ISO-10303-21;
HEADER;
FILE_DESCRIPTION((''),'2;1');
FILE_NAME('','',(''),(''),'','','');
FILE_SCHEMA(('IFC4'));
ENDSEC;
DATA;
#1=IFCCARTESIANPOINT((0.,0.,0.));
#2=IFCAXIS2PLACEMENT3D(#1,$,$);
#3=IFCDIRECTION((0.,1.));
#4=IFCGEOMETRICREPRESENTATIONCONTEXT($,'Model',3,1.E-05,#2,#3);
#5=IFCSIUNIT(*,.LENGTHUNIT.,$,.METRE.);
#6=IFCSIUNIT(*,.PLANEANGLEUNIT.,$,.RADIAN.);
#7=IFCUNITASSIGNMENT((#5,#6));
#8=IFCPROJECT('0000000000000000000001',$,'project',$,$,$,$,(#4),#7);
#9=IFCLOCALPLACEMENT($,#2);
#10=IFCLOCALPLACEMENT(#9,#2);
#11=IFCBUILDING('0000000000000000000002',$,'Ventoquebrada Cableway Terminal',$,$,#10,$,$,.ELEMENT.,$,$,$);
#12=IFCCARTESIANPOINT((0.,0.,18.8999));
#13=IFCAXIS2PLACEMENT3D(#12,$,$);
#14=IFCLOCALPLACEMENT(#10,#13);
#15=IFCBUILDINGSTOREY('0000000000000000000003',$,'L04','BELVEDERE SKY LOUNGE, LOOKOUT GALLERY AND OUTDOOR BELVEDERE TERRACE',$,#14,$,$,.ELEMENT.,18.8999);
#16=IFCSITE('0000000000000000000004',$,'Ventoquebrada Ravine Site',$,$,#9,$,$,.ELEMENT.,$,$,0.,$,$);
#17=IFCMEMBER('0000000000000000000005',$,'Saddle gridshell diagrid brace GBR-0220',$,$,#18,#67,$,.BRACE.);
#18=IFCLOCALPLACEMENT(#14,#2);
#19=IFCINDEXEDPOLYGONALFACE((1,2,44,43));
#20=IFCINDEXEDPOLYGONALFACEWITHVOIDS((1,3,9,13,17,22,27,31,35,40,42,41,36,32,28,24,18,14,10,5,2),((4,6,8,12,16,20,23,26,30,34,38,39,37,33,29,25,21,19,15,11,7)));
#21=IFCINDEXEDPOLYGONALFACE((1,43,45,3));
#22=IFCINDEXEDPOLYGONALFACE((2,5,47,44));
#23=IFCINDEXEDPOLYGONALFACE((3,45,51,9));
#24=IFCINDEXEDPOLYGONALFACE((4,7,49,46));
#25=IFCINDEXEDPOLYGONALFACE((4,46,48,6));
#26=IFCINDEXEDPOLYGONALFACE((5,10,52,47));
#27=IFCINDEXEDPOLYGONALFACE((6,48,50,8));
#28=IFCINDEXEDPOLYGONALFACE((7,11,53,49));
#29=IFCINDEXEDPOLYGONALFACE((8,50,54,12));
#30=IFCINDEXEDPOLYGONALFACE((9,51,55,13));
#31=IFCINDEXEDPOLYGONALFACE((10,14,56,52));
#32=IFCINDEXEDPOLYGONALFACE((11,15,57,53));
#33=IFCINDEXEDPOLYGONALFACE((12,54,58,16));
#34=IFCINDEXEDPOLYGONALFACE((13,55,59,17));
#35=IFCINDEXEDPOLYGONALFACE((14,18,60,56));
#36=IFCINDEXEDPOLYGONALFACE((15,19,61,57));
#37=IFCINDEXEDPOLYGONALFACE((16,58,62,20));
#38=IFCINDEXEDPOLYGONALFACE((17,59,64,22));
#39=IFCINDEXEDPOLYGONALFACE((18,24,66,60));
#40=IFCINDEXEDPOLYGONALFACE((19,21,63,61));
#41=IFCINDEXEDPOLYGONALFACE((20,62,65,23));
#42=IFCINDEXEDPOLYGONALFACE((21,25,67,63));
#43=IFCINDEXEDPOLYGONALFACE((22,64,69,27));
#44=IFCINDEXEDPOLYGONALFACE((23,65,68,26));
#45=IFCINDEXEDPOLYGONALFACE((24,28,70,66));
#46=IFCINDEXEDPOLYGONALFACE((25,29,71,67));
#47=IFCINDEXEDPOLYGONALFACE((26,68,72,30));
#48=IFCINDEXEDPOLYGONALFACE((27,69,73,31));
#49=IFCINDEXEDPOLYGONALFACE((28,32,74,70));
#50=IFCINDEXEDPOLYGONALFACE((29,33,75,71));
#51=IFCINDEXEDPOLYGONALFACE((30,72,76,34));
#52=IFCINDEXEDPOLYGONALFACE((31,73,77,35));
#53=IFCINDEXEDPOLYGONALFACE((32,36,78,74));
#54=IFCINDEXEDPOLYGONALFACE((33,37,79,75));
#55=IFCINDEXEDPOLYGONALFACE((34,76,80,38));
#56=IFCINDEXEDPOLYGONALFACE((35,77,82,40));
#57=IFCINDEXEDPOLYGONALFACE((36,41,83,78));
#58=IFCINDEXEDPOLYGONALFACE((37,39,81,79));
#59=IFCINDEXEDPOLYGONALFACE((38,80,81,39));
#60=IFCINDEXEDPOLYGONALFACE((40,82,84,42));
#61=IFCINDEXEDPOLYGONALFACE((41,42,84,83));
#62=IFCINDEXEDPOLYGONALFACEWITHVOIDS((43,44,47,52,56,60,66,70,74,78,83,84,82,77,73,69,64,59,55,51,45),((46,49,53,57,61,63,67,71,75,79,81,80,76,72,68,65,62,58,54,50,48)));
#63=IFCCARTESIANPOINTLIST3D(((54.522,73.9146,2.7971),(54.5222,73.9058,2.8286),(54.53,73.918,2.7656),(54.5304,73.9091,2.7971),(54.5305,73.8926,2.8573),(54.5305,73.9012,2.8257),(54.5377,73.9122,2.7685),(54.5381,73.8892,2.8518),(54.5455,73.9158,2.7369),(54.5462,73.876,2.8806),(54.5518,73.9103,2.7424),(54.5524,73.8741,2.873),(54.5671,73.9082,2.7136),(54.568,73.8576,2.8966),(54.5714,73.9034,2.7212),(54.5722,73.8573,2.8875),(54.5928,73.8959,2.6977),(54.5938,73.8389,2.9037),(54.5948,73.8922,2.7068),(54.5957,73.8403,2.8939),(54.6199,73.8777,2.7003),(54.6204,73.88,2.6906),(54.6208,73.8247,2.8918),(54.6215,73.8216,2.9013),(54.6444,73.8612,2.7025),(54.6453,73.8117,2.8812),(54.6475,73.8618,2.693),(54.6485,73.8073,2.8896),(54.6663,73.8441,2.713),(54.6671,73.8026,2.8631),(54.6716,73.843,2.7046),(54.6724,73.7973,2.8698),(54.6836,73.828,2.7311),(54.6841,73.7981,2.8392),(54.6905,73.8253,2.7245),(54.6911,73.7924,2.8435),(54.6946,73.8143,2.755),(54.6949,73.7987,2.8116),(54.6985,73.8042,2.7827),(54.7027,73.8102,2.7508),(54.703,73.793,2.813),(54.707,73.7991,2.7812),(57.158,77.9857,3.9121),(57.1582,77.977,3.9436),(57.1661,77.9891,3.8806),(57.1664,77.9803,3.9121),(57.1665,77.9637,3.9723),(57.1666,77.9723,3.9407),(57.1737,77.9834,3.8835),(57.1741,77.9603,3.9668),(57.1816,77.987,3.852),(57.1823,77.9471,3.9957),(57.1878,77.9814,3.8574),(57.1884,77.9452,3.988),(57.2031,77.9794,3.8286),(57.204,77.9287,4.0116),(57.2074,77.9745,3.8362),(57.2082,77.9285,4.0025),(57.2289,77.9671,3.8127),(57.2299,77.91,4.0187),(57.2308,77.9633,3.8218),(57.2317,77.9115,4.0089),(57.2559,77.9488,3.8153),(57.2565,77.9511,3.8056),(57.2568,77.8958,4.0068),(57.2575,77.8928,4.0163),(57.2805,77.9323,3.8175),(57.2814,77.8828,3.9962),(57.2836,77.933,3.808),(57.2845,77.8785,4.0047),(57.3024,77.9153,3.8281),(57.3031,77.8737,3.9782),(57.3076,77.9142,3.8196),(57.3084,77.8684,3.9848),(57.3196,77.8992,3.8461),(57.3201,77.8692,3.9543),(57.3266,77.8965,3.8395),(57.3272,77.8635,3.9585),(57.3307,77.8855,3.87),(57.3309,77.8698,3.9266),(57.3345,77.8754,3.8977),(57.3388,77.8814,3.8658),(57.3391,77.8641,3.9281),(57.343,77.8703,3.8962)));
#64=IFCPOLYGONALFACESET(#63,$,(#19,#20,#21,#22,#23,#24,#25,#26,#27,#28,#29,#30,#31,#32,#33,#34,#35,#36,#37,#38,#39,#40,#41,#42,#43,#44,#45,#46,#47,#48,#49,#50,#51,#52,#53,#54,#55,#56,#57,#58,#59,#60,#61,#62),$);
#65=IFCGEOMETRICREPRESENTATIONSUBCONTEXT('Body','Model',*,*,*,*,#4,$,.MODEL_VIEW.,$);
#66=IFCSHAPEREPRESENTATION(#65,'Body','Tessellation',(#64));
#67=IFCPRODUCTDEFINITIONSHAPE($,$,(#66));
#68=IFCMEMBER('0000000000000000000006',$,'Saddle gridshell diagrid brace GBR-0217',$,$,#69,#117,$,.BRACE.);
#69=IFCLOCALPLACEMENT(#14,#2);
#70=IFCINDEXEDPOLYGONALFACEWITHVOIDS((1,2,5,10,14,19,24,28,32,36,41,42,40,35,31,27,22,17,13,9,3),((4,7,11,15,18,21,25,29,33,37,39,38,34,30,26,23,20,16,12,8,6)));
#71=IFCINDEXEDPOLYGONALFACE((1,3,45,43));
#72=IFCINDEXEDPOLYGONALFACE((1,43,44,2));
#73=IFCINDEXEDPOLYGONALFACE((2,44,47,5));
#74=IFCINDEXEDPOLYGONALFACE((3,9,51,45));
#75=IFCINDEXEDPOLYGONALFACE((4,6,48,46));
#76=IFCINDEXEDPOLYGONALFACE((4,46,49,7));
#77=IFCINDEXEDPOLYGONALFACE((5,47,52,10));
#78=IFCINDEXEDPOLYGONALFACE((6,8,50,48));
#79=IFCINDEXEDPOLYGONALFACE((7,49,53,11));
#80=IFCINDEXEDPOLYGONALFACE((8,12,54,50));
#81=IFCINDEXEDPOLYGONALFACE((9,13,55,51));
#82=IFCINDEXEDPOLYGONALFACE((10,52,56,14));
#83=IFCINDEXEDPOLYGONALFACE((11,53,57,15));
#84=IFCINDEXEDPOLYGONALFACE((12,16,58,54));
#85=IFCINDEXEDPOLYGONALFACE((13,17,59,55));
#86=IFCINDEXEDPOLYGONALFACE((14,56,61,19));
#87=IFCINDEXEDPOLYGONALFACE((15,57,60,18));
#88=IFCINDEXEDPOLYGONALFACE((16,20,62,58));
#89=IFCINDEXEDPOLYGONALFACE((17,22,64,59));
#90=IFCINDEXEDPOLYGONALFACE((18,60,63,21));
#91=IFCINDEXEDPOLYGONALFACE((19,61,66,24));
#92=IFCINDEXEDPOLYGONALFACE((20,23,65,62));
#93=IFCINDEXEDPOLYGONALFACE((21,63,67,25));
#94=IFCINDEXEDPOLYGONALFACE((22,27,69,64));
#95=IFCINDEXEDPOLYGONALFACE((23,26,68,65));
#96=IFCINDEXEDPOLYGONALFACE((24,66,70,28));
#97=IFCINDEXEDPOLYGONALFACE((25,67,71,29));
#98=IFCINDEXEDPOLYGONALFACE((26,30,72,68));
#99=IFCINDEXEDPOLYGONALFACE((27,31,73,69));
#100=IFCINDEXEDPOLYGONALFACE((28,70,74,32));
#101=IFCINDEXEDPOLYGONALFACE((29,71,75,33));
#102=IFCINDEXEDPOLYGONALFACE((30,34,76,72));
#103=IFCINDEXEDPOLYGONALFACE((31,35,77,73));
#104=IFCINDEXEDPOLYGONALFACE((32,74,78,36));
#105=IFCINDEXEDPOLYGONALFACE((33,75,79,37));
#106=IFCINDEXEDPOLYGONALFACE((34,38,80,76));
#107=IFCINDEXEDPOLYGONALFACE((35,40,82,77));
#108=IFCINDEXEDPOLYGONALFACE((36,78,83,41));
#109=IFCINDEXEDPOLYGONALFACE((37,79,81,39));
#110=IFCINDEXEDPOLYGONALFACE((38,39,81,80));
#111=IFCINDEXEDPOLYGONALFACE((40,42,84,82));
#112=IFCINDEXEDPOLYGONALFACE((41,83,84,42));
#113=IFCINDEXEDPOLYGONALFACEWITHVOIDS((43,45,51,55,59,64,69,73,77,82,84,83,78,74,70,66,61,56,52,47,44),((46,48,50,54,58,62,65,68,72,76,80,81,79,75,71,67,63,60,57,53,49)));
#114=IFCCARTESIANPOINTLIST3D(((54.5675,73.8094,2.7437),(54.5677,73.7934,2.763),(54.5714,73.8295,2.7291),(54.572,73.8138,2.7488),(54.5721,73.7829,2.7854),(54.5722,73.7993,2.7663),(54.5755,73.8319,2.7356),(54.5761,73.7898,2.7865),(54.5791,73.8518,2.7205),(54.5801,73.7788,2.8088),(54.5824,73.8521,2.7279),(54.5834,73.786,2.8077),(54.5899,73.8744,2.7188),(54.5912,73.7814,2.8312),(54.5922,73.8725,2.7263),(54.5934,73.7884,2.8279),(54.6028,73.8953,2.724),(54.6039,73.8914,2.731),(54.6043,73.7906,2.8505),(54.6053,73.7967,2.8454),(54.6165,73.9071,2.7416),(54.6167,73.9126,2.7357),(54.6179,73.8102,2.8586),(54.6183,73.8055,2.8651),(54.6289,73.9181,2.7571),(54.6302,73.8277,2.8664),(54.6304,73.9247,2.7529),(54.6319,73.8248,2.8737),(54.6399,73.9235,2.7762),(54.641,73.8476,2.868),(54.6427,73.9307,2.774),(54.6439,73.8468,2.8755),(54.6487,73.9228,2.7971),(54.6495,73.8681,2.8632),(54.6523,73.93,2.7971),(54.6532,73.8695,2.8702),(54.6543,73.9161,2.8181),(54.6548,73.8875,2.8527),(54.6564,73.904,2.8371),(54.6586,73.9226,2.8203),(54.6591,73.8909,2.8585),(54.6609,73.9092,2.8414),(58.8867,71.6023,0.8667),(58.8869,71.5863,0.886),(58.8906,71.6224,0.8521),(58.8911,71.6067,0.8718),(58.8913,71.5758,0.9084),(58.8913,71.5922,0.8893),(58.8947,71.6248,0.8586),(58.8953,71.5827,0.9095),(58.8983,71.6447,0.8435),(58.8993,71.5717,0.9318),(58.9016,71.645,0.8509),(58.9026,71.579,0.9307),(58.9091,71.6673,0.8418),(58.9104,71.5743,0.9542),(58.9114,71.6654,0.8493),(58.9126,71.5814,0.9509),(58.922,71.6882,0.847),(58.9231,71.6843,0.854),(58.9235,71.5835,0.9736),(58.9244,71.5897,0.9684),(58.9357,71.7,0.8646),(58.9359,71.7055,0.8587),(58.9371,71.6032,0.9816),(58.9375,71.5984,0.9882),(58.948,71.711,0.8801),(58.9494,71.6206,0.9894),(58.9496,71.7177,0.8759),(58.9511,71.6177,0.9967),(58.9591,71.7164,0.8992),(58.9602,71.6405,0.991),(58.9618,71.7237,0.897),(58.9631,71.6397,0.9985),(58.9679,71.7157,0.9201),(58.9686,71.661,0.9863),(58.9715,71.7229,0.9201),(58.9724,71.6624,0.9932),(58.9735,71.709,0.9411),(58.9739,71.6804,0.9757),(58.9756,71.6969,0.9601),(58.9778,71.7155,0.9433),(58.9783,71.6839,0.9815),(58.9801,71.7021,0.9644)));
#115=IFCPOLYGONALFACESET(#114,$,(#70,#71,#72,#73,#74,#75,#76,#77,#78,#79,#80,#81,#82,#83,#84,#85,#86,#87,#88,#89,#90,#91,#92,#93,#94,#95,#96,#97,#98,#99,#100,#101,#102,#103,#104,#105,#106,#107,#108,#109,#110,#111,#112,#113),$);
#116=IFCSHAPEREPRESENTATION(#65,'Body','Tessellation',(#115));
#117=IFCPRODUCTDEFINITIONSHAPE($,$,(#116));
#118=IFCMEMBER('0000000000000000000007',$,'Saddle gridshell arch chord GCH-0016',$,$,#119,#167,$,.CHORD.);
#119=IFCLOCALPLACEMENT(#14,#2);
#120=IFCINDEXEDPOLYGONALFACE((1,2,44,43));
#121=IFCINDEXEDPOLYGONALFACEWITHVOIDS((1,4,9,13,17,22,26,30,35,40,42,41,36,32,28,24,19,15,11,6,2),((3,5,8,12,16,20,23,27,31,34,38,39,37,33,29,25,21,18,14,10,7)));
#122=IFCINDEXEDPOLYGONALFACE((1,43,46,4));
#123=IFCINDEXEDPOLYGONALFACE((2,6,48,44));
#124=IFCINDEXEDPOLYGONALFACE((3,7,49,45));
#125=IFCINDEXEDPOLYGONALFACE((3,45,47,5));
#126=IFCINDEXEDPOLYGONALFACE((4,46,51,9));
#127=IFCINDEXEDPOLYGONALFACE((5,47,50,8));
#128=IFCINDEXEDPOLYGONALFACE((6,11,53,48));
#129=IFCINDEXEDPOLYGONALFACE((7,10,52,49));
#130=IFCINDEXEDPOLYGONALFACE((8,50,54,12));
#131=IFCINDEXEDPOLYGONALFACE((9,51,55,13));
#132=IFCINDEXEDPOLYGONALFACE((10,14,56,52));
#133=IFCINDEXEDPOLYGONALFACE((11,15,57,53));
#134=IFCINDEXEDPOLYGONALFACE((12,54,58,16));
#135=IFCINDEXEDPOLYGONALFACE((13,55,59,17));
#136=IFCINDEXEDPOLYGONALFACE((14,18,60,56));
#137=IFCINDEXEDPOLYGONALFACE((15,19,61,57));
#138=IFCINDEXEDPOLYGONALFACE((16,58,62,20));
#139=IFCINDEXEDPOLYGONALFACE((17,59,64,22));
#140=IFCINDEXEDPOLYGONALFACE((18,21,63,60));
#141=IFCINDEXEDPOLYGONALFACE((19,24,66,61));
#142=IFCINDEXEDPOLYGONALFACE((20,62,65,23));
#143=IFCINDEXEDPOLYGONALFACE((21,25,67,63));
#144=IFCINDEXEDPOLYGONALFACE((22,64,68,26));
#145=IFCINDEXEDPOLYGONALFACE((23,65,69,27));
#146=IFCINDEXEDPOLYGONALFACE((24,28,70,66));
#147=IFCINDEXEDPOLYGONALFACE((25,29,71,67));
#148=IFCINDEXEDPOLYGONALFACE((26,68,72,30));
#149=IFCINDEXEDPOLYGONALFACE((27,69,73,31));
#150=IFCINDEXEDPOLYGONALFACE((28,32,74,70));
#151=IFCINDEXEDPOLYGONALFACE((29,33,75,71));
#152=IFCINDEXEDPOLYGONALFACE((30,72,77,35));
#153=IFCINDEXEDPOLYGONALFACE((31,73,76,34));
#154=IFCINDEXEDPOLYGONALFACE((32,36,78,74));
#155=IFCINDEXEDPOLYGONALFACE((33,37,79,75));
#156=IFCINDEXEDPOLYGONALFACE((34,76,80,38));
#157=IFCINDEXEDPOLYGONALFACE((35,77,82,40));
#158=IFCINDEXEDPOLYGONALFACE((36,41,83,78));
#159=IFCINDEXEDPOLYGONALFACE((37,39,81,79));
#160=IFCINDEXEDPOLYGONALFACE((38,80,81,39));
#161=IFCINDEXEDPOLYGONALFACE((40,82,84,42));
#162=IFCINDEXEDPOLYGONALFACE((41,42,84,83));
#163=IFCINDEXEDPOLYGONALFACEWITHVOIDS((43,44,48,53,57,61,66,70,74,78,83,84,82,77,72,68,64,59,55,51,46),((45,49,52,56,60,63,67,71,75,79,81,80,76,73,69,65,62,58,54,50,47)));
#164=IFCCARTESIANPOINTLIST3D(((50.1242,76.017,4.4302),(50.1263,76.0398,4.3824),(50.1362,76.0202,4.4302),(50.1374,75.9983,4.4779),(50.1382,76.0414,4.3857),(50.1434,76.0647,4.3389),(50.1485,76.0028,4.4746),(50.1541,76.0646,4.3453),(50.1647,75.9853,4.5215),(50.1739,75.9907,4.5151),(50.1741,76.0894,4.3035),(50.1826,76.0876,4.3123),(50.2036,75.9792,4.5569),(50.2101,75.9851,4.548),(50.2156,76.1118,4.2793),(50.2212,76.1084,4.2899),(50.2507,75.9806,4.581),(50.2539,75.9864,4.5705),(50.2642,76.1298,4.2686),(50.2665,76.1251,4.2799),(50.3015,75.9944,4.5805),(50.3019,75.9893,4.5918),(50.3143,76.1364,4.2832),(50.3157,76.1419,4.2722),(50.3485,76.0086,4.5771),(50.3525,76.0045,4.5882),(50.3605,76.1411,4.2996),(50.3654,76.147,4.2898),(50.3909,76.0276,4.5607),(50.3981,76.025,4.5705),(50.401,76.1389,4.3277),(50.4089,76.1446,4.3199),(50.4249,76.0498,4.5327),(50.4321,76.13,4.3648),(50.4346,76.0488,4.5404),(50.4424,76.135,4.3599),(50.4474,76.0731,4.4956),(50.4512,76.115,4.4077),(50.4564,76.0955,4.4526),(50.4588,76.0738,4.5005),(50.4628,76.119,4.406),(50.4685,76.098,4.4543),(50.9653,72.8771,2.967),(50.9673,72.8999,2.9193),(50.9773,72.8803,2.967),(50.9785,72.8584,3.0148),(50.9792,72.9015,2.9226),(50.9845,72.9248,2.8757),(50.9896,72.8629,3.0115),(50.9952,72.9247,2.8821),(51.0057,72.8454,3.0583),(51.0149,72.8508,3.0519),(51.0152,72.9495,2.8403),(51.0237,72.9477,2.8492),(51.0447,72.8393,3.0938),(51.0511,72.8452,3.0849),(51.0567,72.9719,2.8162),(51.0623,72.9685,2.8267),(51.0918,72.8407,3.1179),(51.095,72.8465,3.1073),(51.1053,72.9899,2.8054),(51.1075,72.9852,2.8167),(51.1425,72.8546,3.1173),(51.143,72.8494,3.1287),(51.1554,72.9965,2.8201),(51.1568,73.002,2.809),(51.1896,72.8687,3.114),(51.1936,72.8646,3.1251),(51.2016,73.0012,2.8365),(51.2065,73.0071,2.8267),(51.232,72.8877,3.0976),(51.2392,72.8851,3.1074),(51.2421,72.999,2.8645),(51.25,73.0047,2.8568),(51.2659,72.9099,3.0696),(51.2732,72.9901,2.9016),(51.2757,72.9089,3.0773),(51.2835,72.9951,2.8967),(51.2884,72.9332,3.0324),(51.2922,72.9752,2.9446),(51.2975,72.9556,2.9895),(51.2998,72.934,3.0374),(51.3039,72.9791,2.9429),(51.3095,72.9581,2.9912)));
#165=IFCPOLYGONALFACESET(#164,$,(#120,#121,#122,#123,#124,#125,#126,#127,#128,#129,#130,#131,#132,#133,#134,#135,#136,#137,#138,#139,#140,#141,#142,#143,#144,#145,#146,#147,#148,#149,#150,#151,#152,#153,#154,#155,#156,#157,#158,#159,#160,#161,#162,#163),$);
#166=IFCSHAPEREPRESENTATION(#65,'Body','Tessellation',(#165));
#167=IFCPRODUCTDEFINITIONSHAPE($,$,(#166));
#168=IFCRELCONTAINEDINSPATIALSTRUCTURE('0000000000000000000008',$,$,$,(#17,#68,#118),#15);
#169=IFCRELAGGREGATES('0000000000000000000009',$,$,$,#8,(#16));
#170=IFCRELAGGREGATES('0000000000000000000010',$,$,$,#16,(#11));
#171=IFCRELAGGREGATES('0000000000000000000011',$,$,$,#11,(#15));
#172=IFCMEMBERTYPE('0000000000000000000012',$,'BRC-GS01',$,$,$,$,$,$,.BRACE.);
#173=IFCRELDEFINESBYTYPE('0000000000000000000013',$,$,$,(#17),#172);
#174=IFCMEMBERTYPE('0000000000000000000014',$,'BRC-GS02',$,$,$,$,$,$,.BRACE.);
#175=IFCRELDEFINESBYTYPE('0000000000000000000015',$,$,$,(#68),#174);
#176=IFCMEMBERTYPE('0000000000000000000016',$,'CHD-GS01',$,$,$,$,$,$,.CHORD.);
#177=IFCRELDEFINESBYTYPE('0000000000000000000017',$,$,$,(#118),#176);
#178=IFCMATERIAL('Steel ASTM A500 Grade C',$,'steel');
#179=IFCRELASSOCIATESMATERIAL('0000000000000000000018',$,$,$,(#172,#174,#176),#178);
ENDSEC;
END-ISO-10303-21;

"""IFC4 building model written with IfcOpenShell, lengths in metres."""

from ifc_helpers import new_model, si_unit, direction, frame, origin, origin_2d, place, context, subcontext, project, spatial, hollow_circle, extrude, material, material_profile, profile_set, type_object, element, save


model = new_model("IFC4")

# Units and contexts
model_context = context("Model", 3, precision=1e-05, world=origin(), true_north=direction((0.0, 1.0)))
body_context = subcontext(model_context, "Body", "Model", "MODEL_VIEW")
ifc_project = project(units=[si_unit("LENGTHUNIT", "METRE"), si_unit("PLANEANGLEUNIT", "RADIAN")], contexts=[model_context])

# Site, building, storey
site_placement = place(None, origin())
site = spatial("IfcSite", under=ifc_project, at=site_placement, Name="Ventoquebrada Ravine Site", CompositionType="ELEMENT", RefElevation=0.0)
building_placement = place(site_placement, origin())
building = spatial("IfcBuilding", under=site, at=building_placement, Name="Ventoquebrada Cableway Terminal", CompositionType="ELEMENT")
storey_placement = place(building_placement, frame((0.0, 0.0, 18.8999)))
storey = spatial("IfcBuildingStorey", under=building, at=storey_placement, Name="L04", Description="BELVEDERE SKY LOUNGE, LOOKOUT GALLERY AND OUTDOOR BELVEDERE TERRACE", CompositionType="ELEMENT", Elevation=18.8999)

# Members
ifc_material_1 = material(Name="Steel ASTM A500 Grade C", Category="steel")
ifc_material_profile_1 = material_profile(ifc_material_1, hollow_circle(Radius=0.1096, WallThickness=0.01, at=origin_2d()), Name="CHS219.1X10")
ifc_profile_set_1 = profile_set([ifc_material_profile_1], Name="Steel ASTM A500 Grade C")
member_type_1 = type_object("IfcMemberType", Name="BRC-GS01", PredefinedType="BRACE", material=ifc_profile_set_1)
member_1_placement = place(storey_placement, frame((54.614, 73.855, 2.7971), z_axis=(0.529692, 0.818062, 0.224053), x_axis=(-0.839403, 0.54351, 0.0)))
element("IfcMember", 1, at=member_1_placement, inside=storey, type_object=member_type_1, Name="Saddle gridshell diagrid brace GBR-0220", PredefinedType="BRACE", context=body_context, shape_type="SweptSolid", body=[
    extrude(hollow_circle(Radius=0.1096, WallThickness=0.01, at=origin_2d()), origin(), (0.0, 0.0, 1.0), 4.9766),
])
ifc_material_profile_2 = material_profile(ifc_material_1, hollow_circle(Radius=0.0842, WallThickness=0.0081, at=origin_2d()), Name="CHS168.3X8")
ifc_profile_set_2 = profile_set([ifc_material_profile_2], Name="Steel ASTM A500 Grade C")
member_type_2 = type_object("IfcMemberType", Name="BRC-GS02", PredefinedType="BRACE", material=ifc_profile_set_2)
member_2_placement = place(storey_placement, frame((54.614, 73.855, 2.7971), z_axis=(0.830464, -0.424362, -0.360896), x_axis=(0.455029, 0.890477, 0.0)))
element("IfcMember", 2, at=member_2_placement, inside=storey, type_object=member_type_2, Name="Saddle gridshell diagrid brace GBR-0217", PredefinedType="BRACE", context=body_context, shape_type="SweptSolid", body=[
    extrude(hollow_circle(Radius=0.0842, WallThickness=0.0081, at=origin_2d()), origin(), (0.0, 0.0, 1.0), 5.2009),
])
ifc_material_profile_3 = material_profile(ifc_material_1, hollow_circle(Radius=0.1777, WallThickness=0.0125, at=origin_2d()), Name="CHS355.6X12.5")
ifc_profile_set_3 = profile_set([ifc_material_profile_3], Name="Steel ASTM A500 Grade C")
member_type_3 = type_object("IfcMemberType", Name="CHD-GS01", PredefinedType="CHORD", material=ifc_profile_set_3)
member_3_placement = place(storey_placement, frame((51.137, 72.9231, 2.967), z_axis=(-0.235943, 0.88083, 0.410451), x_axis=(-0.965946, -0.258742, 0.0)))
element("IfcMember", 3, at=member_3_placement, inside=storey, type_object=member_type_3, Name="Saddle gridshell arch chord GCH-0016", PredefinedType="CHORD", context=body_context, shape_type="SweptSolid", body=[
    extrude(hollow_circle(Radius=0.1777, WallThickness=0.0125, at=origin_2d()), origin(), (0.0, 0.0, 1.0), 3.5647),
])

save(model, "model.ifc")
